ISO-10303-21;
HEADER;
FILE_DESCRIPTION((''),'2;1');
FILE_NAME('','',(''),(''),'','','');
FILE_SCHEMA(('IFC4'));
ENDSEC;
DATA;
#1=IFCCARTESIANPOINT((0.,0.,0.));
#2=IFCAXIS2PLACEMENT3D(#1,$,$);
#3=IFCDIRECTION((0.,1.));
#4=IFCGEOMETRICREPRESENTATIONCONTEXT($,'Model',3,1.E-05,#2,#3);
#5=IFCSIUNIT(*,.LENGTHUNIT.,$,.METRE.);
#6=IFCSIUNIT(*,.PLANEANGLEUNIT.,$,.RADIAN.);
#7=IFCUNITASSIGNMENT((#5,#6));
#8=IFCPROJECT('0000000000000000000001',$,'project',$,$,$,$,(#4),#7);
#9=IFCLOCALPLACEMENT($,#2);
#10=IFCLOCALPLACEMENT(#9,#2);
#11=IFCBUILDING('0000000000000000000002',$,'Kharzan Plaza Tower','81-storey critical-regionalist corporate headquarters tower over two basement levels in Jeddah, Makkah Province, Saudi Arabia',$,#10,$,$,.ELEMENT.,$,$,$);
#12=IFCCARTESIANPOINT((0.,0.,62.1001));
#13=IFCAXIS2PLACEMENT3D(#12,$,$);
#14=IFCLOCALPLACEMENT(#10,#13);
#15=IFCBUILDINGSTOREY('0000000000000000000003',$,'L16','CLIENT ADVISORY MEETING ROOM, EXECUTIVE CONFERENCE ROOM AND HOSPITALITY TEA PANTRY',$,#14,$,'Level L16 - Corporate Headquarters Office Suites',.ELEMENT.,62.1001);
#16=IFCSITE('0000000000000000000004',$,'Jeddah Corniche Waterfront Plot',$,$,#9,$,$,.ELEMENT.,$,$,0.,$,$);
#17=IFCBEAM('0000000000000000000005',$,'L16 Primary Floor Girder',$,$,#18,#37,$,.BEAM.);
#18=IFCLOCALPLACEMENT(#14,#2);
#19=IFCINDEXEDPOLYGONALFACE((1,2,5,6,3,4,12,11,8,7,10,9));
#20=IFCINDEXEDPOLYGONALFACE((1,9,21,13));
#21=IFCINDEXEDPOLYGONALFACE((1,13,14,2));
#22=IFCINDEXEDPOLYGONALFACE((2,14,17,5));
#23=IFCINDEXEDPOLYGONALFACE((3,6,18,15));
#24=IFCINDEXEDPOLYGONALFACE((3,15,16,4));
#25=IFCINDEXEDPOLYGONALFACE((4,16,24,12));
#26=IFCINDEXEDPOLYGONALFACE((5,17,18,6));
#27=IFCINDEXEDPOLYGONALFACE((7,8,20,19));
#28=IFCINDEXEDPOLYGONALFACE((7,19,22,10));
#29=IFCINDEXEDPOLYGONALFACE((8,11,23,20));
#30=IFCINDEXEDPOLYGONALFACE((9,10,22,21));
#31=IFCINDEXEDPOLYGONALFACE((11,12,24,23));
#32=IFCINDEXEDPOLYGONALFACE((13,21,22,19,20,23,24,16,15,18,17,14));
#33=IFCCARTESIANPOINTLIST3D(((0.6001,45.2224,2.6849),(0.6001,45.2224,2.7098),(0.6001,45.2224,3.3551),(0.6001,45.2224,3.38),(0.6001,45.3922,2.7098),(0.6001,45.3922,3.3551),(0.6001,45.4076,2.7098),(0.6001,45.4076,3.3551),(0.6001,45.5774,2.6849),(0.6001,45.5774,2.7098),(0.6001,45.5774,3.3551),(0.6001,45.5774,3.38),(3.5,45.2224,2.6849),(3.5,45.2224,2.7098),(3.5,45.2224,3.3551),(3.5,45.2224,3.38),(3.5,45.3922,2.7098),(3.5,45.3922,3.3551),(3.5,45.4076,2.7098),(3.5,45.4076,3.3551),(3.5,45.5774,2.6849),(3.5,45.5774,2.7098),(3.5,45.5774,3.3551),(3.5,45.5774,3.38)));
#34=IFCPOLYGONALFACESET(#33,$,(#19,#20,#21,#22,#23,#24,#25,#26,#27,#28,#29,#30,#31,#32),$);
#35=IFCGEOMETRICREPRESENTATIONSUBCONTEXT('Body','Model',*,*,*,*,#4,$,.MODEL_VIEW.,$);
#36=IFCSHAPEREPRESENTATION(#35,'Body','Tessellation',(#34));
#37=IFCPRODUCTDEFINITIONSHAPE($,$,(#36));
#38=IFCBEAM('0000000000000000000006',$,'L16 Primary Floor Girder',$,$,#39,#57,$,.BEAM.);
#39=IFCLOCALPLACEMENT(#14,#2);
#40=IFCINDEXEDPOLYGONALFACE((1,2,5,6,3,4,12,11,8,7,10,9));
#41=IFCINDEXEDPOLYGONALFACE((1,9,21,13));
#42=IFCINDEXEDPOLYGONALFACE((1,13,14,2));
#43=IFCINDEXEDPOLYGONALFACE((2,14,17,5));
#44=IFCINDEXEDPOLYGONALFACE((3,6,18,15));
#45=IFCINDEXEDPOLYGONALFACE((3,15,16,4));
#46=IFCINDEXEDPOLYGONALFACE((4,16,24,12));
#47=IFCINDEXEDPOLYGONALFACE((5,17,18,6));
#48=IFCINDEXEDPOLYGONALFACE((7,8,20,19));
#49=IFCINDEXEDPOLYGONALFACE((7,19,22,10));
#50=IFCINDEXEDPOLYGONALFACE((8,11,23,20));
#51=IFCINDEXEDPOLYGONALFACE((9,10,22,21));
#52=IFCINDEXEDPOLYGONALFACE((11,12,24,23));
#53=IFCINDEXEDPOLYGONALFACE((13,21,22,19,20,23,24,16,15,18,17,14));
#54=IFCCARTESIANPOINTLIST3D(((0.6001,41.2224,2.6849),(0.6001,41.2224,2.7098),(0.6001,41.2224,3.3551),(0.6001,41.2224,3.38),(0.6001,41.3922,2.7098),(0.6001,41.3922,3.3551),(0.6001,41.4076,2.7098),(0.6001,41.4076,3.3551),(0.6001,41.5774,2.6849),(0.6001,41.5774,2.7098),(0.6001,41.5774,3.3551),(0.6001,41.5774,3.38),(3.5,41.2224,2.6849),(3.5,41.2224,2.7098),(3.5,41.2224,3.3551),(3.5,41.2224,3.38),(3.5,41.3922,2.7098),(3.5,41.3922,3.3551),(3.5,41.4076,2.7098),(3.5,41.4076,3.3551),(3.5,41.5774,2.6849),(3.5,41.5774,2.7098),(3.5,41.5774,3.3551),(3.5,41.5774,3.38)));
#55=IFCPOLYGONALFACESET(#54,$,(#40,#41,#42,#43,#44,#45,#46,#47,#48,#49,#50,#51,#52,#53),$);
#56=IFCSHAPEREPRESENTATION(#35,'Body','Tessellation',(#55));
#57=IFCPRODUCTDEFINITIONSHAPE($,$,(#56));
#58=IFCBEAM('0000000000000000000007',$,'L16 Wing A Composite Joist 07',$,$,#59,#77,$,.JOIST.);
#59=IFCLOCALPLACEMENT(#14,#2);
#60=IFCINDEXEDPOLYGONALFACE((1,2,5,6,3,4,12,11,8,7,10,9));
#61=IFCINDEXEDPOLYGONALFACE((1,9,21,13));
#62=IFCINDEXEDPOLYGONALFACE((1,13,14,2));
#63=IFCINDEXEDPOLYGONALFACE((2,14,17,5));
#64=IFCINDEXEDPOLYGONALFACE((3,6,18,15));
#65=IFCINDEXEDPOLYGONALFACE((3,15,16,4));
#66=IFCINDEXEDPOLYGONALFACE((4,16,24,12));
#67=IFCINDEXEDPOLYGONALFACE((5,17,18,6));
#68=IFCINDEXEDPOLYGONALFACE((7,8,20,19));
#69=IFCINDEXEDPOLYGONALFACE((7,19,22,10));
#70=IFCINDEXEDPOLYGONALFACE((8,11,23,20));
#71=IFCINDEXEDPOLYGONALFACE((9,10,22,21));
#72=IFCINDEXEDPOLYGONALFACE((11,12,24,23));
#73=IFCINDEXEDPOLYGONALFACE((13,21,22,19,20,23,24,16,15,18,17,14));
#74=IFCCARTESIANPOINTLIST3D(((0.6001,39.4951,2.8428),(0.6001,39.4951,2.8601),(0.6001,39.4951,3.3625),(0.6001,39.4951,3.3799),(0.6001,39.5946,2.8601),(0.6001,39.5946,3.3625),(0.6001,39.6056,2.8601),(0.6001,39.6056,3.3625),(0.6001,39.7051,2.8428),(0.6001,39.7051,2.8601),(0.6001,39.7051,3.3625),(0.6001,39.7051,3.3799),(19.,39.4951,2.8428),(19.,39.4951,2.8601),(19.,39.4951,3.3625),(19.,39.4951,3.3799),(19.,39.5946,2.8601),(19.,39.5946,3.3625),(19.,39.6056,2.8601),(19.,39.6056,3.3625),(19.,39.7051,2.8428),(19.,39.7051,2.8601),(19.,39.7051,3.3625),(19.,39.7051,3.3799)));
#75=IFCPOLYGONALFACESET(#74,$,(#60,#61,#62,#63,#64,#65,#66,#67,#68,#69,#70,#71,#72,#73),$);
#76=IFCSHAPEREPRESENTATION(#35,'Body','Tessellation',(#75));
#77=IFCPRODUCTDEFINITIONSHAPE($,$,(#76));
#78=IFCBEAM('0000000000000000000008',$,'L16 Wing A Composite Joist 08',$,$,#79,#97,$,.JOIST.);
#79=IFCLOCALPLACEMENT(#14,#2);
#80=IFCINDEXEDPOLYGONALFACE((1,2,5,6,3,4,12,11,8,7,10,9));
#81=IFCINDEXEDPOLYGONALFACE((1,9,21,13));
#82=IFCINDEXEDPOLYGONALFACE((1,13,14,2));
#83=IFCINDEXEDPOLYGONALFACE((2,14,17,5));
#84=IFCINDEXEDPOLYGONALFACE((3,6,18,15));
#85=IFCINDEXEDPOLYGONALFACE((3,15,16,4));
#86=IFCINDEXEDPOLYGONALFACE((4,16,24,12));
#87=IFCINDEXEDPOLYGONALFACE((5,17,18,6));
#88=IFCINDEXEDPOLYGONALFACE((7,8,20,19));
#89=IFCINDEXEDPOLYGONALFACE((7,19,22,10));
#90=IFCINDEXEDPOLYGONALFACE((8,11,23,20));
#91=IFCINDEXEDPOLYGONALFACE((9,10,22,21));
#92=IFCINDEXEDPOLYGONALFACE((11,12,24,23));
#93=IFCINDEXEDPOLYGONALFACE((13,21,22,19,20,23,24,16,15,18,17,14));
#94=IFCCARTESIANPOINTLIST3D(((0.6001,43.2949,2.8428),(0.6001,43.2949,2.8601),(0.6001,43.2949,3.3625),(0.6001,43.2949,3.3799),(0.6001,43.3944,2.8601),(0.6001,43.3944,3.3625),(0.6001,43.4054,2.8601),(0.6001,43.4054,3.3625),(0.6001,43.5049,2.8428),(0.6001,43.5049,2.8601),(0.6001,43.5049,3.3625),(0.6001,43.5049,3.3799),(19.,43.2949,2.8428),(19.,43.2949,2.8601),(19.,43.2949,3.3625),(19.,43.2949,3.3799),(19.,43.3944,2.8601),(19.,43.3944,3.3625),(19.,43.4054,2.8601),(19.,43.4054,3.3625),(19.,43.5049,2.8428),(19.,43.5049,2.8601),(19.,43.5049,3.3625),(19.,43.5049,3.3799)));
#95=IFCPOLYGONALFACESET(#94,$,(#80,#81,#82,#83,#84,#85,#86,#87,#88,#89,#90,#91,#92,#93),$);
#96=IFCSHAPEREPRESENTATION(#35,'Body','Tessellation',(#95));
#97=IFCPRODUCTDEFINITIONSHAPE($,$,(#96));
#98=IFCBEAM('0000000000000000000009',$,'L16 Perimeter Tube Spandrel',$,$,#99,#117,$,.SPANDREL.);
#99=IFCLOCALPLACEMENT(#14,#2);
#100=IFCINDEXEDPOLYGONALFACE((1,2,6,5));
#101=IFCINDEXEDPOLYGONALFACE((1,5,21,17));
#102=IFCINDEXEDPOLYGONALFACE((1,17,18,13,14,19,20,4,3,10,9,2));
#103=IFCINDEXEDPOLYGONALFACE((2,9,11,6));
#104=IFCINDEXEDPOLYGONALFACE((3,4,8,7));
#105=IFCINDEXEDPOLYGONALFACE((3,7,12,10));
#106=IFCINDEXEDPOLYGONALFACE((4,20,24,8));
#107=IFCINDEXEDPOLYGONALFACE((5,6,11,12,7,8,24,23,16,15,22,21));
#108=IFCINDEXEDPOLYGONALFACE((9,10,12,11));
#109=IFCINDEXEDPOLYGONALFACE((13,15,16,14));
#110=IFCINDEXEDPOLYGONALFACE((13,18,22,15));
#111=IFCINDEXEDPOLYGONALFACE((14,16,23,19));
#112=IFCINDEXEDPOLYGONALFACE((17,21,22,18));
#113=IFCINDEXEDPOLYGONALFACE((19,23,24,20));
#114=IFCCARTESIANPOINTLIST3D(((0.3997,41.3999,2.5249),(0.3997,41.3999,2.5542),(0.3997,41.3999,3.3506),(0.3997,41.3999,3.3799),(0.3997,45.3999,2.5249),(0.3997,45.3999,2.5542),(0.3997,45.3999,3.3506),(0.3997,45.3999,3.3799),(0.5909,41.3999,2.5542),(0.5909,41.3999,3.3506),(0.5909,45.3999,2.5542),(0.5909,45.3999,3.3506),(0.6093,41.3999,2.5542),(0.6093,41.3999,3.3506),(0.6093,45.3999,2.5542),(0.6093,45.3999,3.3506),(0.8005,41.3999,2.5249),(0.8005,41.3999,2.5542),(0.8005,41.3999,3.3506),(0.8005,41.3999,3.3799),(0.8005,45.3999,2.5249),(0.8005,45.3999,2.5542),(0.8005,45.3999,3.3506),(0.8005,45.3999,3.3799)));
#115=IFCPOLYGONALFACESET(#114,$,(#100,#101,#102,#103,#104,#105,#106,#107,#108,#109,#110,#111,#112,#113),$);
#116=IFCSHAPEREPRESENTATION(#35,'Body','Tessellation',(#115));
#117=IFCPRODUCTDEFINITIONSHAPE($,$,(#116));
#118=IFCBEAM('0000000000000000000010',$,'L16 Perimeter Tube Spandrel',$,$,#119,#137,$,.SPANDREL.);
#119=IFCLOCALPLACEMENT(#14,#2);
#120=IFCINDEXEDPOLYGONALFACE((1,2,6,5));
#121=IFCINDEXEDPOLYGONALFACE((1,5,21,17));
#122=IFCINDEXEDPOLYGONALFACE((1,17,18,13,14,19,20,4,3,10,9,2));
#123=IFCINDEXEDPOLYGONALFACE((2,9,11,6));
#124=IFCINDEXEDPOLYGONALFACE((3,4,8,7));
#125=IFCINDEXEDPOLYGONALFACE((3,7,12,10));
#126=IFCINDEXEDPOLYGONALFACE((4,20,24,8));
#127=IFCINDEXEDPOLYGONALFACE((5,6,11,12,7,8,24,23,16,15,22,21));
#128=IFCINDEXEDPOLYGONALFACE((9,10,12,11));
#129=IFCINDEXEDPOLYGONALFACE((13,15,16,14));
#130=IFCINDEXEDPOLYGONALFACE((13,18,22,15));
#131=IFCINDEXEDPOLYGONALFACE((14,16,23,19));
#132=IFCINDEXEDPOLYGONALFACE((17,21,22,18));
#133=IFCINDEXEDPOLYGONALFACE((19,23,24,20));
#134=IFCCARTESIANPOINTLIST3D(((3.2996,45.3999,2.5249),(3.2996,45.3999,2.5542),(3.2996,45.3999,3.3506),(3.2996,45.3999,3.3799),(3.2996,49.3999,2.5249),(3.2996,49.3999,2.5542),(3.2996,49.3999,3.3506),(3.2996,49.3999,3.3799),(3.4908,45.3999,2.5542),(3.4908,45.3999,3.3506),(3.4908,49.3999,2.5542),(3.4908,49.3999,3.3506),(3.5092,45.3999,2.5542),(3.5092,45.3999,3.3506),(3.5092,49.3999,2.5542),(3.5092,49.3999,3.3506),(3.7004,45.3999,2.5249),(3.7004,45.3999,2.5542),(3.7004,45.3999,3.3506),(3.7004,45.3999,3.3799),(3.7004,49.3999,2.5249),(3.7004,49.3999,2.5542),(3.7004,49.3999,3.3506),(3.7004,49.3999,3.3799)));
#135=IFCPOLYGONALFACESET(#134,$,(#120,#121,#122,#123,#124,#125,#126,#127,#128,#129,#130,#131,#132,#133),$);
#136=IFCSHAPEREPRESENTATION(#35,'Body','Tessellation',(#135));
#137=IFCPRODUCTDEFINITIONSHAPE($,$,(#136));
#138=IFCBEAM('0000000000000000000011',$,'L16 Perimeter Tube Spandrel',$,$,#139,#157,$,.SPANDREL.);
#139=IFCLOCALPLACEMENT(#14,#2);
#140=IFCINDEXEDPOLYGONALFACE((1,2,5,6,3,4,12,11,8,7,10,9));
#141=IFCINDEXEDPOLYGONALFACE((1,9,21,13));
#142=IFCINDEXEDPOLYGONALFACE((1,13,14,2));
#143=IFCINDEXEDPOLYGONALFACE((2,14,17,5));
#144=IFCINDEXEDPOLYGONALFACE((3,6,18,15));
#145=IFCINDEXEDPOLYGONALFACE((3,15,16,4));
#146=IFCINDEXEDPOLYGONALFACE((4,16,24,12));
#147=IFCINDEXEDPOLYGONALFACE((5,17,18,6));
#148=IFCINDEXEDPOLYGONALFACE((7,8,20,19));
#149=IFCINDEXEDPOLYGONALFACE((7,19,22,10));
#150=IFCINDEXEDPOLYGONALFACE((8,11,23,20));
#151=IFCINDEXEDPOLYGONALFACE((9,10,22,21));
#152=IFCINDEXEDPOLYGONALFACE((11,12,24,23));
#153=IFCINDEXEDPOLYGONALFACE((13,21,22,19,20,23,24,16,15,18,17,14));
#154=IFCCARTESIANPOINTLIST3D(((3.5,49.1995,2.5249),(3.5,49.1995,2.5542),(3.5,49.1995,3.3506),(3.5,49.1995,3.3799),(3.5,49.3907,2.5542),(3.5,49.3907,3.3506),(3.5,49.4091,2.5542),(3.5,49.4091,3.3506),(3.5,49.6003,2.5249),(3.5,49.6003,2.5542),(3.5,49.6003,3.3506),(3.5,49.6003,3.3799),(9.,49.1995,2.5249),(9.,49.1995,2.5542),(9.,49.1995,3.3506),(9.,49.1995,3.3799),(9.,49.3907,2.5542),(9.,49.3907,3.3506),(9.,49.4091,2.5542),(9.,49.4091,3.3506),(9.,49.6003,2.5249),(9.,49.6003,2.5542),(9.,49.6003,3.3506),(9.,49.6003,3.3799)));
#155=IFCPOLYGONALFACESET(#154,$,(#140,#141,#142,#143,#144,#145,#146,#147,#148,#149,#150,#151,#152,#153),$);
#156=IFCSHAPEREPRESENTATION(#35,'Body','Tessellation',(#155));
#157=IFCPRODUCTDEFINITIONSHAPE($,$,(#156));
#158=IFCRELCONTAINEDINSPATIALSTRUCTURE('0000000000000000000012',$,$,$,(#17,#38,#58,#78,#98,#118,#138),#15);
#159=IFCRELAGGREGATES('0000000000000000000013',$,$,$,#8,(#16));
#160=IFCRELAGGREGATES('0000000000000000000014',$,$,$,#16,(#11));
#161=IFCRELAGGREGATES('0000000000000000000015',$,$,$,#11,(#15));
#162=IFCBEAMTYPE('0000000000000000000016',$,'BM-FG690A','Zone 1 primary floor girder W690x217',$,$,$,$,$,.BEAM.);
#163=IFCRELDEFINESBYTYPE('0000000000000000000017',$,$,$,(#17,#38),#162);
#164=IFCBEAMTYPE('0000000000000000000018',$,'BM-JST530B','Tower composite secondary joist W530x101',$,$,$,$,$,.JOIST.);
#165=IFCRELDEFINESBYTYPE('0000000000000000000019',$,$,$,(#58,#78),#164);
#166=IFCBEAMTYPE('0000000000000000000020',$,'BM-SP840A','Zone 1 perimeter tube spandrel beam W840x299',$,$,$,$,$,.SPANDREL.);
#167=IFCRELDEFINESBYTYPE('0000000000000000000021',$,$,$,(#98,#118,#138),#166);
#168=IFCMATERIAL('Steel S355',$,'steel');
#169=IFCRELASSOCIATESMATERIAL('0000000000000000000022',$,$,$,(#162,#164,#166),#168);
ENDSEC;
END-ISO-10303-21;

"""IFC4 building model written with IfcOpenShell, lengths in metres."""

from ifc_helpers import new_model, si_unit, direction, frame, origin, origin_2d, place, context, subcontext, project, spatial, i_section, extrude, source, transform, mapped, material, material_profile, profile_set, type_object, element, save


model = new_model("IFC4")

# Units and contexts
model_context = context("Model", 3, precision=1e-05, world=origin(), true_north=direction((0.0, 1.0)))
body_context = subcontext(model_context, "Body", "Model", "MODEL_VIEW")
ifc_project = project(units=[si_unit("LENGTHUNIT", "METRE"), si_unit("PLANEANGLEUNIT", "RADIAN")], contexts=[model_context])

# Site, building, storey
site_placement = place(None, origin())
site = spatial("IfcSite", under=ifc_project, at=site_placement, Name="Jeddah Corniche Waterfront Plot", CompositionType="ELEMENT", RefElevation=0.0)
building_placement = place(site_placement, origin())
building = spatial("IfcBuilding", under=site, at=building_placement, Name="Kharzan Plaza Tower", Description="81-storey critical-regionalist corporate headquarters tower over two basement levels in Jeddah, Makkah Province, Saudi Arabia", CompositionType="ELEMENT")
storey_placement = place(building_placement, frame((0.0, 0.0, 62.1001)))
storey = spatial("IfcBuildingStorey", under=building, at=storey_placement, Name="L16", Description="CLIENT ADVISORY MEETING ROOM, EXECUTIVE CONFERENCE ROOM AND HOSPITALITY TEA PANTRY", LongName="Level L16 - Corporate Headquarters Office Suites", CompositionType="ELEMENT", Elevation=62.1001)

# Beams
ifc_material_1 = material(Name="Steel S355", Category="steel")
ifc_material_profile_1 = material_profile(ifc_material_1, i_section(OverallWidth=0.355, OverallDepth=0.6951, WebThickness=0.0154, FlangeThickness=0.0249, at=origin_2d()), Name="W690x217")
ifc_profile_set_1 = profile_set([ifc_material_profile_1], Name="Steel S355")
beam_type_1 = type_object("IfcBeamType", Name="BM-FG690A", Description="Zone 1 primary floor girder W690x217", PredefinedType="BEAM", material=ifc_profile_set_1)
shared_shape_1 = source(origin(), body_context, "Body", "SweptSolid", [
    extrude(i_section(OverallWidth=0.355, OverallDepth=0.6951, WebThickness=0.0154, FlangeThickness=0.0249, at=origin_2d()), origin(), (0.0, 0.0, 1.0), 2.8999),
])
for number, where, z_axis, x_axis, name in (
    (1, (0.6001, 45.3999, 3.0325), (1.0, 0.0, 0.0), (0.0, 1.0, 0.0), "L16 Primary Floor Girder"),
    (2, (0.6001, 41.3999, 3.0325), (1.0, 0.0, 0.0), (0.0, 1.0, 0.0), "L16 Primary Floor Girder"),
):
    element("IfcBeam", number, at=place(storey_placement, frame(where, z_axis=z_axis, x_axis=x_axis)), inside=storey, type_object=beam_type_1, Name=name, PredefinedType="BEAM", context=body_context, shape_type="MappedRepresentation", body=[
        mapped(shared_shape_1, transform((0.0, 0.0, 0.0), x_axis=(1.0, 0.0, 0.0), y_axis=(0.0, 1.0, 0.0), z_axis=(0.0, 0.0, 1.0))),
    ])
ifc_material_profile_2 = material_profile(ifc_material_1, i_section(OverallWidth=0.21, OverallDepth=0.5371, WebThickness=0.011, FlangeThickness=0.0173, at=origin_2d()), Name="W530x101")
ifc_profile_set_2 = profile_set([ifc_material_profile_2], Name="Steel S355")
beam_type_2 = type_object("IfcBeamType", Name="BM-JST530B", Description="Tower composite secondary joist W530x101", PredefinedType="JOIST", material=ifc_profile_set_2)
shared_shape_2 = source(origin(), body_context, "Body", "SweptSolid", [
    extrude(i_section(OverallWidth=0.21, OverallDepth=0.5371, WebThickness=0.011, FlangeThickness=0.0173, at=origin_2d()), origin(), (0.0, 0.0, 1.0), 18.3999),
])
for number, where, z_axis, x_axis, name in (
    (3, (0.6001, 39.6001, 3.1113), (1.0, 0.0, 0.0), (0.0, 1.0, 0.0), "L16 Wing A Composite Joist 07"),
    (4, (0.6001, 43.3999, 3.1113), (1.0, 0.0, 0.0), (0.0, 1.0, 0.0), "L16 Wing A Composite Joist 08"),
):
    element("IfcBeam", number, at=place(storey_placement, frame(where, z_axis=z_axis, x_axis=x_axis)), inside=storey, type_object=beam_type_2, Name=name, PredefinedType="JOIST", context=body_context, shape_type="MappedRepresentation", body=[
        mapped(shared_shape_2, transform((0.0, 0.0, 0.0), x_axis=(1.0, 0.0, 0.0), y_axis=(0.0, 1.0, 0.0), z_axis=(0.0, 0.0, 1.0))),
    ])
ifc_material_profile_3 = material_profile(ifc_material_1, i_section(OverallWidth=0.4009, OverallDepth=0.855, WebThickness=0.0183, FlangeThickness=0.0293, at=origin_2d()), Name="W840x299")
ifc_profile_set_3 = profile_set([ifc_material_profile_3], Name="Steel S355")
beam_type_3 = type_object("IfcBeamType", Name="BM-SP840A", Description="Zone 1 perimeter tube spandrel beam W840x299", PredefinedType="SPANDREL", material=ifc_profile_set_3)
shared_shape_3 = source(origin(), body_context, "Body", "SweptSolid", [
    extrude(i_section(OverallWidth=0.4009, OverallDepth=0.855, WebThickness=0.0183, FlangeThickness=0.0293, at=origin_2d()), origin(), (0.0, 0.0, 1.0), 4.0),
])
for number, where, z_axis, x_axis, name in (
    (5, (0.6001, 41.3999, 2.9524), (0.0, 1.0, 0.0), (-1.0, 0.0, 0.0), "L16 Perimeter Tube Spandrel"),
    (6, (3.5, 45.3999, 2.9524), (0.0, 1.0, 0.0), (-1.0, 0.0, 0.0), "L16 Perimeter Tube Spandrel"),
):
    element("IfcBeam", number, at=place(storey_placement, frame(where, z_axis=z_axis, x_axis=x_axis)), inside=storey, type_object=beam_type_3, Name=name, PredefinedType="SPANDREL", context=body_context, shape_type="MappedRepresentation", body=[
        mapped(shared_shape_3, transform((0.0, 0.0, 0.0), x_axis=(1.0, 0.0, 0.0), y_axis=(0.0, 1.0, 0.0), z_axis=(0.0, 0.0, 1.0))),
    ])
shared_shape_4 = source(origin(), body_context, "Body", "SweptSolid", [
    extrude(i_section(OverallWidth=0.4009, OverallDepth=0.855, WebThickness=0.0183, FlangeThickness=0.0293, at=origin_2d()), origin(), (0.0, 0.0, 1.0), 5.5),
])
beam_1_placement = place(storey_placement, frame((3.5, 49.3999, 2.9524), z_axis=(1.0, 0.0, 0.0), x_axis=(0.0, 1.0, 0.0)))
element("IfcBeam", 7, at=beam_1_placement, inside=storey, type_object=beam_type_3, Name="L16 Perimeter Tube Spandrel", PredefinedType="SPANDREL", context=body_context, shape_type="MappedRepresentation", body=[
    mapped(shared_shape_4, transform((0.0, 0.0, 0.0), x_axis=(1.0, 0.0, 0.0), y_axis=(0.0, 1.0, 0.0), z_axis=(0.0, 0.0, 1.0))),
])

save(model, "model.ifc")
